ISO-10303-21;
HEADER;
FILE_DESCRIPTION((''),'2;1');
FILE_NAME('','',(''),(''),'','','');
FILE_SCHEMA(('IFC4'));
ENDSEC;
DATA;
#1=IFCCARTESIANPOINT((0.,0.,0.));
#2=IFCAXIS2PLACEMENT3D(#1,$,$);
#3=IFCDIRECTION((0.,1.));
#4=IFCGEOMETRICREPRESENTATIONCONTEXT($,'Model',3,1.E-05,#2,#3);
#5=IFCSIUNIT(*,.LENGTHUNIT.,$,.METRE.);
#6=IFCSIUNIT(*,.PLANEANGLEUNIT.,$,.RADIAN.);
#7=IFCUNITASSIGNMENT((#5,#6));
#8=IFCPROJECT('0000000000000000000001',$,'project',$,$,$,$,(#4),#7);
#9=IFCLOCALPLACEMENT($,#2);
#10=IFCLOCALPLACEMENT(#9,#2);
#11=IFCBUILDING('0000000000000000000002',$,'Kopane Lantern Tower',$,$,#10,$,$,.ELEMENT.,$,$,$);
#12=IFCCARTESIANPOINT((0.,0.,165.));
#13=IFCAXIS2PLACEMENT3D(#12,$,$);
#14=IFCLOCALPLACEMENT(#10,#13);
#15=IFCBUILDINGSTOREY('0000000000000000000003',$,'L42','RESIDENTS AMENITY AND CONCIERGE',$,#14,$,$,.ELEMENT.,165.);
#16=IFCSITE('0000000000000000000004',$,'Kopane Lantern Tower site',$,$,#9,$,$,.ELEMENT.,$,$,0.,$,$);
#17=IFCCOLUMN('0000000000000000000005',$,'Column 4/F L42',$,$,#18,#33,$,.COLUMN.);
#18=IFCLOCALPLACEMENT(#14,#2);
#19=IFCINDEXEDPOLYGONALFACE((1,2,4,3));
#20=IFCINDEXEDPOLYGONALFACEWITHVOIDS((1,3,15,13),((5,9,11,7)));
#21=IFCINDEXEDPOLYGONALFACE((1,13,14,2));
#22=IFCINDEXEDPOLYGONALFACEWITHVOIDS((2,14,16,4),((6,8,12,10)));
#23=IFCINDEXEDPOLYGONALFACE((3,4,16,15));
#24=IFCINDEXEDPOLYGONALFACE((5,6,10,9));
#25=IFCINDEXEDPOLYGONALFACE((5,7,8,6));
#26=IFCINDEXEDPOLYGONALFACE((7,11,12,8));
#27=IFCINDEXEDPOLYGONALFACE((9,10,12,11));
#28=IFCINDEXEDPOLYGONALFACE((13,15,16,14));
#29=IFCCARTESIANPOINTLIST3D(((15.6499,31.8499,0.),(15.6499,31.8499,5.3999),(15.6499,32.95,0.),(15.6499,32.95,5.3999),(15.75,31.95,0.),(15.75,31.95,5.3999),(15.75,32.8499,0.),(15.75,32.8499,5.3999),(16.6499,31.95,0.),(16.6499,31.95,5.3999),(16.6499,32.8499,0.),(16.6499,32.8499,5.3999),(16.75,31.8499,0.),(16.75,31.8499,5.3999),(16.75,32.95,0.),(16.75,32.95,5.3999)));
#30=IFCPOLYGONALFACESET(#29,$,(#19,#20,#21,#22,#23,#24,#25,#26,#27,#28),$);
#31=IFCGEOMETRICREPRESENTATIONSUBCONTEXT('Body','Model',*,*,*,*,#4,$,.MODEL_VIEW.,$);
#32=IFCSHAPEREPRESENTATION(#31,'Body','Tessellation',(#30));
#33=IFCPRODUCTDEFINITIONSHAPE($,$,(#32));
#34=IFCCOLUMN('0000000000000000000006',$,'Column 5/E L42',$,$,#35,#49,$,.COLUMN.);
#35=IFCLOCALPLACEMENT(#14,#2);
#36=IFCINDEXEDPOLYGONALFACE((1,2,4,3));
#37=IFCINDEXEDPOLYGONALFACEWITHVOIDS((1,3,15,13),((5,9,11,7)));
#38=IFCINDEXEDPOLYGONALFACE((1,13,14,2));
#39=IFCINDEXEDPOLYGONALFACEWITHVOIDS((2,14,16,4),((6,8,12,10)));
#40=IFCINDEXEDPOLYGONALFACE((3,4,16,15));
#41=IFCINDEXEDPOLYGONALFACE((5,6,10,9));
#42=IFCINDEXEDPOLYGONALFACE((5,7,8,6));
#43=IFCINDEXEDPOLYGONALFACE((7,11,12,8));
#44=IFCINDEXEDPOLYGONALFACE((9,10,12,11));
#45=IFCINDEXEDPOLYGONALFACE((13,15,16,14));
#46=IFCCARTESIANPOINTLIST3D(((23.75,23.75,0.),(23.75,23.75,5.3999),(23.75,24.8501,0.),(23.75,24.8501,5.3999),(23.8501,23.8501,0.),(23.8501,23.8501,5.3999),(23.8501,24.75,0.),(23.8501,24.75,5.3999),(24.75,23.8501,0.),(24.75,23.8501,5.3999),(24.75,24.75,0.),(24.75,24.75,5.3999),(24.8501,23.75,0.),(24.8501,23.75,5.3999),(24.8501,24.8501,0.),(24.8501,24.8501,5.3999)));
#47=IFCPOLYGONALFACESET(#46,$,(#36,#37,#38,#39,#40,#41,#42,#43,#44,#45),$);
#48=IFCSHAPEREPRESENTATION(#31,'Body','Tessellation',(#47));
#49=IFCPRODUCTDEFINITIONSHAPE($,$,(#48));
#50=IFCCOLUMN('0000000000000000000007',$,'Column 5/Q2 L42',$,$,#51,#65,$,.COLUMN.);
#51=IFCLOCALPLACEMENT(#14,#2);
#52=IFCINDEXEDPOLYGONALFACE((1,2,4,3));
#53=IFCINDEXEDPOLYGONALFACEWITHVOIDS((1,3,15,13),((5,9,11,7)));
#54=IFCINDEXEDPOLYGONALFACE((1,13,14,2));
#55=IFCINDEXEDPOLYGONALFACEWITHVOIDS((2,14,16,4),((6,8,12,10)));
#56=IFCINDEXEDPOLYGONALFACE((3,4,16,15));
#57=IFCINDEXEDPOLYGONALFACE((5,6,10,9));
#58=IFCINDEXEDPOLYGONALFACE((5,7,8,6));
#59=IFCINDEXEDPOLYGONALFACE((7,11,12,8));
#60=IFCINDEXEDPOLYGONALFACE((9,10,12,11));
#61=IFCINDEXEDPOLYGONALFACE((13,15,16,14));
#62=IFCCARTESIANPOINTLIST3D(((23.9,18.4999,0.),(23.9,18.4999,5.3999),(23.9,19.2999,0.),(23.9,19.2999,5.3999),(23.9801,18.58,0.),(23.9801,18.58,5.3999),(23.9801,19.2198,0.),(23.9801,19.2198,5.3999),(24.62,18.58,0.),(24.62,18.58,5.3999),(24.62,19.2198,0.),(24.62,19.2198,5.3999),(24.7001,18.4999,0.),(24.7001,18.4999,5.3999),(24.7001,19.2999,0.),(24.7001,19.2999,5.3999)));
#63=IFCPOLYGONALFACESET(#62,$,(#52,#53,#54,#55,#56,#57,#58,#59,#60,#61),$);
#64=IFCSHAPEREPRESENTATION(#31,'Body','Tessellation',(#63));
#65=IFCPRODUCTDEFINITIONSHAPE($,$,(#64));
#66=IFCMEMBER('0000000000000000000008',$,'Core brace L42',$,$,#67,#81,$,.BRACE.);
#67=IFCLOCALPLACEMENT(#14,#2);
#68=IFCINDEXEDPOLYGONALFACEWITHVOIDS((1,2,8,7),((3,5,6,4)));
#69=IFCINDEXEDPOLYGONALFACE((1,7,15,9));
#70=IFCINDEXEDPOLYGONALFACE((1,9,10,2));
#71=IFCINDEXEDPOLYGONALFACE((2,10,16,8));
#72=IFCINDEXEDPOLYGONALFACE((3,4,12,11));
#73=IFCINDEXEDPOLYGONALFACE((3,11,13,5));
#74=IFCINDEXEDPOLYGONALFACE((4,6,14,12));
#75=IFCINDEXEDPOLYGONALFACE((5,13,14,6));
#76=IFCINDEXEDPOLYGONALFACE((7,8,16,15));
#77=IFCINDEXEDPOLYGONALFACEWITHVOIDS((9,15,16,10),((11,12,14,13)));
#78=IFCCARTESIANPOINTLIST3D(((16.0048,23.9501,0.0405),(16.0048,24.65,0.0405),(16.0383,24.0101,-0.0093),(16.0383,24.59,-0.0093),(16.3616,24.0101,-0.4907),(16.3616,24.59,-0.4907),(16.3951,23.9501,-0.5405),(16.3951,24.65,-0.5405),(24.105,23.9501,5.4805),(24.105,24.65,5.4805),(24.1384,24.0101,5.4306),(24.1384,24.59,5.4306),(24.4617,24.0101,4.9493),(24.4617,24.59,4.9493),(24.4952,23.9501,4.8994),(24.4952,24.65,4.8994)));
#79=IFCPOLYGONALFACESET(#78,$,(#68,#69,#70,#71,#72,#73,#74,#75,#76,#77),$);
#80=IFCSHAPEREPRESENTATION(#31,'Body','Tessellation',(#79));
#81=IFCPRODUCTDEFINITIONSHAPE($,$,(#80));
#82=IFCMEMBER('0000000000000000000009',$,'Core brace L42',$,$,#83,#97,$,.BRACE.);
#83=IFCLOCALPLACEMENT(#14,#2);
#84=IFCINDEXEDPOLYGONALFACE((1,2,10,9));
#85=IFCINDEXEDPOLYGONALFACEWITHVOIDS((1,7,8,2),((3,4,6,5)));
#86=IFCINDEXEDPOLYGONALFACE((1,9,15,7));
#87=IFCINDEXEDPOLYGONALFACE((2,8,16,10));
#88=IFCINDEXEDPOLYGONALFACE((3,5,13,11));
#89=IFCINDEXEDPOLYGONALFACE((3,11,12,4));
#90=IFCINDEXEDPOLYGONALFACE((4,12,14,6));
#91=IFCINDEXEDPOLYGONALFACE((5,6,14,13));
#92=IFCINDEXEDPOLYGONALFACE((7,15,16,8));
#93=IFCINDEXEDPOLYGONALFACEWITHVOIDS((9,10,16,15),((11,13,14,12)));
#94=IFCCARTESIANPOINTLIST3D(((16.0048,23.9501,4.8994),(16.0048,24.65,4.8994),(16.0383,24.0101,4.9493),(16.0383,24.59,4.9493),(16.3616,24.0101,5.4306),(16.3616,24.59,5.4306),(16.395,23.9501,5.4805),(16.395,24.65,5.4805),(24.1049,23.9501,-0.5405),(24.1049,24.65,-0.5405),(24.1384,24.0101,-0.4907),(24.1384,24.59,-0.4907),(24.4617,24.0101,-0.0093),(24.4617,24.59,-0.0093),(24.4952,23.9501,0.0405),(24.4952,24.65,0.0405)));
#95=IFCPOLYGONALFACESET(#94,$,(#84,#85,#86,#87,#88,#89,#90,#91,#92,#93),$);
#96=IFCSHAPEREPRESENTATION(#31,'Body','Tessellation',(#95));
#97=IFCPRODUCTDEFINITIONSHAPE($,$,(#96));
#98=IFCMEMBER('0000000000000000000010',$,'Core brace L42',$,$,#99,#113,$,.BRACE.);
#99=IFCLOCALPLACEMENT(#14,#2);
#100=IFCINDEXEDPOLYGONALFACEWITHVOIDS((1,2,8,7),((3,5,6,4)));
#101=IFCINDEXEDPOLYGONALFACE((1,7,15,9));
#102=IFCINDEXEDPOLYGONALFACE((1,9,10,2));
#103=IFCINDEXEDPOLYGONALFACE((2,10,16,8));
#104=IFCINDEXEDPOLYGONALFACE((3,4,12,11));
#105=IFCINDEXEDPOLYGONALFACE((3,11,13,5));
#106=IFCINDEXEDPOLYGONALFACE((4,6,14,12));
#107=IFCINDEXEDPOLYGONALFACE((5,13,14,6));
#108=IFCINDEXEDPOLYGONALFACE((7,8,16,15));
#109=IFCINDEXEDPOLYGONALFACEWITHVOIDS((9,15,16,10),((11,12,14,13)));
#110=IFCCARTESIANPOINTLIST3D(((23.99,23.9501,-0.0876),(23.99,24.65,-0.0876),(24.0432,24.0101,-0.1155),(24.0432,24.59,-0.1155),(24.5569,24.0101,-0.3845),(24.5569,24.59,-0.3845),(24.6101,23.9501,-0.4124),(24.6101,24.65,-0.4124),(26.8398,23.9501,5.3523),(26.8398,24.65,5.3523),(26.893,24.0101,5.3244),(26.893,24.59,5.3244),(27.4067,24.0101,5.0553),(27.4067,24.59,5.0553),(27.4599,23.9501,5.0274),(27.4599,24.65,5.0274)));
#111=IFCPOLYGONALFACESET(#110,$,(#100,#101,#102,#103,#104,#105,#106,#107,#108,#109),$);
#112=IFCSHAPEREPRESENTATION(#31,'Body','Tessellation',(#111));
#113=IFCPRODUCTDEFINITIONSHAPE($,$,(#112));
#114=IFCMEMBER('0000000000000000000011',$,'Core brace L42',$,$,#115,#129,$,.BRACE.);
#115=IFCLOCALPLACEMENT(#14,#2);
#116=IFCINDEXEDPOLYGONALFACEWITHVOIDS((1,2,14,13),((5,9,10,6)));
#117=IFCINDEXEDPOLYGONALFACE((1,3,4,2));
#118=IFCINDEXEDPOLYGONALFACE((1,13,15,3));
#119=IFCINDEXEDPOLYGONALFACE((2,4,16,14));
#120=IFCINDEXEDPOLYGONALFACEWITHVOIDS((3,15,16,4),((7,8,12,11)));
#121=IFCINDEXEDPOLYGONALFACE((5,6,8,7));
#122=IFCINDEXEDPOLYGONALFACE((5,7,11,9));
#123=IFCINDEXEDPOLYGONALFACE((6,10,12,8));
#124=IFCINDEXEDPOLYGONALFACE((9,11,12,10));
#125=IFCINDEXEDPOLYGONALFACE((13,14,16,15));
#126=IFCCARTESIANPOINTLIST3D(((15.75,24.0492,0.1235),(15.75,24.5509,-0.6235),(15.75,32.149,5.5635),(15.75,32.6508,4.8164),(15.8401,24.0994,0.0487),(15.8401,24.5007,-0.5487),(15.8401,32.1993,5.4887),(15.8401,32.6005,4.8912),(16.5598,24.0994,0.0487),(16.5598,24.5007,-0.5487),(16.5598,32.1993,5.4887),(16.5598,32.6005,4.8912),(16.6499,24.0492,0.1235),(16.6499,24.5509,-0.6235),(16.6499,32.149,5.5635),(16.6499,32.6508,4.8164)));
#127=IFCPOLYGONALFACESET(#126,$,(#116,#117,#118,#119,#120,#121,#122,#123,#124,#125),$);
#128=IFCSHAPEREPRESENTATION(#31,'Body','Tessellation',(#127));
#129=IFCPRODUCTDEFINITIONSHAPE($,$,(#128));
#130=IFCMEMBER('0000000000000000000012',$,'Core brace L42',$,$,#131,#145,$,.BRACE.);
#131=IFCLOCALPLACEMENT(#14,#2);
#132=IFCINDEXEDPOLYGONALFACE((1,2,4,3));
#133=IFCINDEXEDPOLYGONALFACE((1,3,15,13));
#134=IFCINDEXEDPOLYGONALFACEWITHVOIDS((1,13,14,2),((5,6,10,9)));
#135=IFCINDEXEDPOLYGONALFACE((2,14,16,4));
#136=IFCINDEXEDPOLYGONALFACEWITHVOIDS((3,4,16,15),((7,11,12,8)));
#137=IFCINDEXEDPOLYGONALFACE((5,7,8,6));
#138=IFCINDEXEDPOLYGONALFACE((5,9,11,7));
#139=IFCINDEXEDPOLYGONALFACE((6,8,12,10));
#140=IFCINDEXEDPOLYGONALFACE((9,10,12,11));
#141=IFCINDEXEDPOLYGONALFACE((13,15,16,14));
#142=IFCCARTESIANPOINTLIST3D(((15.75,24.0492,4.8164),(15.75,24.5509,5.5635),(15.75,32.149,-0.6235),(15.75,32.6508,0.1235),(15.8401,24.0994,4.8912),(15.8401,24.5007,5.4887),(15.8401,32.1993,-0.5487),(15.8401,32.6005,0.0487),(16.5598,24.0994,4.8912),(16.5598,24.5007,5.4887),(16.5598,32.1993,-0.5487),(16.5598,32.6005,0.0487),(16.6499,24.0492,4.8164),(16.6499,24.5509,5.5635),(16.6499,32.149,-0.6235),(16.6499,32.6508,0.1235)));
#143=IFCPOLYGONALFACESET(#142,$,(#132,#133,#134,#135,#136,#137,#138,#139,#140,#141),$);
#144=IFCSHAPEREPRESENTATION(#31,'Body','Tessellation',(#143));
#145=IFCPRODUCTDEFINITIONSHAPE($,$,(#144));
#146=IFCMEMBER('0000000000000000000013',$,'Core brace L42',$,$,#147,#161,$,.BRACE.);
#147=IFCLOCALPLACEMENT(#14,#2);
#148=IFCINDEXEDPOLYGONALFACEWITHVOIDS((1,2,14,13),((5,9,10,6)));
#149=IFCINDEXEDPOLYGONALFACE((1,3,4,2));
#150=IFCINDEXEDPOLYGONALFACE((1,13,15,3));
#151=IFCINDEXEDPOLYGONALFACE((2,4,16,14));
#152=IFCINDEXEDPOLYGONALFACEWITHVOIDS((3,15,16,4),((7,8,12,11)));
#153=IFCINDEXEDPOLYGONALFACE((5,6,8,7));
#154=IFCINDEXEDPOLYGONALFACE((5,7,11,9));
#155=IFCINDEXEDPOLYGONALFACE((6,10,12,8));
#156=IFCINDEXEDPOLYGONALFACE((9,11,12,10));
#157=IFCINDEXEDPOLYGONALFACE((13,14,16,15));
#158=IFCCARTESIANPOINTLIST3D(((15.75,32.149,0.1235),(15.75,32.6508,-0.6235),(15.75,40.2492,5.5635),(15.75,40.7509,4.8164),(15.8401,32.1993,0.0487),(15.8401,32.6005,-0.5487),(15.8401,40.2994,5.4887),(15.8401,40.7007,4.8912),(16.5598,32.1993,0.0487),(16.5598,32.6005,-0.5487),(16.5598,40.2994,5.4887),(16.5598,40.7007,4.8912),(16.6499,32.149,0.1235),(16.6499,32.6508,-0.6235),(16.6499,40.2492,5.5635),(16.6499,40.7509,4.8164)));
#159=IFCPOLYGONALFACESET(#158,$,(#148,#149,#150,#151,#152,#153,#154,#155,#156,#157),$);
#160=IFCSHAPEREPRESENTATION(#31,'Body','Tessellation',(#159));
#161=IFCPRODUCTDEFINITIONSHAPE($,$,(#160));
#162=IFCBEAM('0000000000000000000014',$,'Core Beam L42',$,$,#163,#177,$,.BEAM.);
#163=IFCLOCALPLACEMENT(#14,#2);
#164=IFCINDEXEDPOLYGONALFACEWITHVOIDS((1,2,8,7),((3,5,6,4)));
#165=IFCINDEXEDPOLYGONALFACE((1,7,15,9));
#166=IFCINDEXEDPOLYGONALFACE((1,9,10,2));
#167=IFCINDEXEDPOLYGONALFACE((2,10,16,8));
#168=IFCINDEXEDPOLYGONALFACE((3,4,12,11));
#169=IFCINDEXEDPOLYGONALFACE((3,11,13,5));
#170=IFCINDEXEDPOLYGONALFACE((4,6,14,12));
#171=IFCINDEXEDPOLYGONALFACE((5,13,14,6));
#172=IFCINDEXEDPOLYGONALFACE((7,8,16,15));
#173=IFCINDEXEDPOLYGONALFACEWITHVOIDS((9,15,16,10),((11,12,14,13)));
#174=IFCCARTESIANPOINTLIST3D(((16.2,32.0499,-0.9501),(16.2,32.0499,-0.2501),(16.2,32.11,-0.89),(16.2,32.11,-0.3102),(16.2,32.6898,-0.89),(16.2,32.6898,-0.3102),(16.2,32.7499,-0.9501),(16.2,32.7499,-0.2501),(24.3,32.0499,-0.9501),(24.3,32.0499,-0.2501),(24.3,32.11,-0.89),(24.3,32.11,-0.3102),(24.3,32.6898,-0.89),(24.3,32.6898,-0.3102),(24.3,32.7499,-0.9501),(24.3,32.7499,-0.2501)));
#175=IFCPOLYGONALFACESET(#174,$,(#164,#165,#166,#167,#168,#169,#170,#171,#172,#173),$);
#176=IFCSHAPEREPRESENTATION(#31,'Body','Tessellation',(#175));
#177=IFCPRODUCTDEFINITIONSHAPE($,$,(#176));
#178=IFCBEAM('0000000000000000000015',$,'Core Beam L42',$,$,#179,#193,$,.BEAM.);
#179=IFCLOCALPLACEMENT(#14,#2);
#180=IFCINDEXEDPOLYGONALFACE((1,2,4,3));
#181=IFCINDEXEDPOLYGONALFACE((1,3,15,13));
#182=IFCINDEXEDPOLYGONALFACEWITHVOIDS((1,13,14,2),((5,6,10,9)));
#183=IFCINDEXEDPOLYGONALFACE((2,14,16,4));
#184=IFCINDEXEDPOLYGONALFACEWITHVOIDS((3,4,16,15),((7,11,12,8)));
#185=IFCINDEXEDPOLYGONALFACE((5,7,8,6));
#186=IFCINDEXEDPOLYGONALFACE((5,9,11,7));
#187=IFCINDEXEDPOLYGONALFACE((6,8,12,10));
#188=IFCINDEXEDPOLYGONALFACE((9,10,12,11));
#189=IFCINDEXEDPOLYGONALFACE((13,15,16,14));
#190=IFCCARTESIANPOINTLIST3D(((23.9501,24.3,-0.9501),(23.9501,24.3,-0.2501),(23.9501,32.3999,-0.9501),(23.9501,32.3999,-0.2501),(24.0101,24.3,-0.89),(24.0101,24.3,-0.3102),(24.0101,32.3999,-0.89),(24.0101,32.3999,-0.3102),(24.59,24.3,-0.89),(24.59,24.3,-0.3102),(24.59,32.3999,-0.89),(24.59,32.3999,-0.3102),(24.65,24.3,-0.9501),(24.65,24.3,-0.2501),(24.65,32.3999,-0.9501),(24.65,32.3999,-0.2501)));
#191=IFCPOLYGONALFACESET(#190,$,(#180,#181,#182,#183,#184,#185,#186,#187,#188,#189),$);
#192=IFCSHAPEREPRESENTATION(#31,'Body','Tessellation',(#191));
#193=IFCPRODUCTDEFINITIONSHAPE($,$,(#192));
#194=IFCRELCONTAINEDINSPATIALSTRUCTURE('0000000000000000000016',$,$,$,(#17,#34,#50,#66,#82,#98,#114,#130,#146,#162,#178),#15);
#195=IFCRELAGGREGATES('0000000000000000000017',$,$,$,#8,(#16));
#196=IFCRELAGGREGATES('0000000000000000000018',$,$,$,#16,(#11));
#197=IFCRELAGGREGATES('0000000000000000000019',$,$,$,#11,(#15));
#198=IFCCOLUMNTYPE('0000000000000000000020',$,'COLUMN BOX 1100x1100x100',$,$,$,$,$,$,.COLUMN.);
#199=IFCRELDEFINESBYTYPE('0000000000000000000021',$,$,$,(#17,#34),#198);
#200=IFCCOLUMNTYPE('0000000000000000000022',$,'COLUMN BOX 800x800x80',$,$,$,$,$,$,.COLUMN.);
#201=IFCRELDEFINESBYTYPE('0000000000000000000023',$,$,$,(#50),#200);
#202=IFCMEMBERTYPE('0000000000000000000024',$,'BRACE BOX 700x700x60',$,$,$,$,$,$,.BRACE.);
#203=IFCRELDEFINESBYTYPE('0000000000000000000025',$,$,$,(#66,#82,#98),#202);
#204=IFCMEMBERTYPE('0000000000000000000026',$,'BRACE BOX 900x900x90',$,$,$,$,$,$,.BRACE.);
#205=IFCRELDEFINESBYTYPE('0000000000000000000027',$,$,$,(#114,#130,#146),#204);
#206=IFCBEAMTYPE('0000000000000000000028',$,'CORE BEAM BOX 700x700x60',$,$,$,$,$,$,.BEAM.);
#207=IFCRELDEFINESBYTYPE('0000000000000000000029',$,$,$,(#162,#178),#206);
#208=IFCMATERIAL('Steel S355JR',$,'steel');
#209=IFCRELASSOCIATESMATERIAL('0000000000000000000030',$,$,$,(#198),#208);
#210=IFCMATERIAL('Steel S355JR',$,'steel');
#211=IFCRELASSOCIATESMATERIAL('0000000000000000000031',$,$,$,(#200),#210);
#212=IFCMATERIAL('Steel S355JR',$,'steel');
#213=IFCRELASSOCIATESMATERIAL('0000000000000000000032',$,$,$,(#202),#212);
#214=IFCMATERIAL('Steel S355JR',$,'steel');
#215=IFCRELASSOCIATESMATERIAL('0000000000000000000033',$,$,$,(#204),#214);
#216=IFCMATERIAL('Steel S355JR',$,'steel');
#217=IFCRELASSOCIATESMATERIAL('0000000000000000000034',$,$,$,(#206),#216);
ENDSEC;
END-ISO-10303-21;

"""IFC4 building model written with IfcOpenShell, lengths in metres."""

from ifc_helpers import new_model, si_unit, direction, frame, origin, origin_2d, place, context, subcontext, project, spatial, hollow_rectangle, extrude, material, material_profile, profile_set, type_object, element, save


model = new_model("IFC4")

# Units and contexts
model_context = context("Model", 3, precision=1e-05, world=origin(), true_north=direction((0.0, 1.0)))
body_context = subcontext(model_context, "Body", "Model", "MODEL_VIEW")
ifc_project = project(units=[si_unit("LENGTHUNIT", "METRE"), si_unit("PLANEANGLEUNIT", "RADIAN")], contexts=[model_context])

# Site, building, storey
site_placement = place(None, origin())
site = spatial("IfcSite", under=ifc_project, at=site_placement, Name="Kopane Lantern Tower site", CompositionType="ELEMENT", RefElevation=0.0)
building_placement = place(site_placement, origin())
building = spatial("IfcBuilding", under=site, at=building_placement, Name="Kopane Lantern Tower", CompositionType="ELEMENT")
storey_placement = place(building_placement, frame((0.0, 0.0, 165.0)))
storey = spatial("IfcBuildingStorey", under=building, at=storey_placement, Name="L42", Description="RESIDENTS AMENITY AND CONCIERGE", CompositionType="ELEMENT", Elevation=165.0)

# Columns
ifc_material_1 = material(Name="Steel S355JR", Category="steel")
ifc_material_profile_1 = material_profile(ifc_material_1, hollow_rectangle(XDim=1.1001, YDim=1.1001, WallThickness=0.1001, at=origin_2d()), Name="BOX 1100x1100x100")
ifc_profile_set_1 = profile_set([ifc_material_profile_1], Name="Steel S355JR")
column_type_1 = type_object("IfcColumnType", Name="COLUMN BOX 1100x1100x100", PredefinedType="COLUMN", material=ifc_profile_set_1)
for number, where, z_axis, x_axis, name in (
    (1, (16.2, 32.3999, 0.0), (0.0, 0.0, 1.0), (1.0, 0.0, 0.0), "Column 4/F L42"),
    (2, (24.3, 24.3, 0.0), (0.0, 0.0, 1.0), (1.0, 0.0, 0.0), "Column 5/E L42"),
):
    element("IfcColumn", number, at=place(storey_placement, frame(where, z_axis=z_axis, x_axis=x_axis)), inside=storey, type_object=column_type_1, Name=name, PredefinedType="COLUMN", context=body_context, shape_type="SweptSolid", body=[
        extrude(hollow_rectangle(XDim=1.1001, YDim=1.1001, WallThickness=0.1001, at=origin_2d()), origin(), (0.0, 0.0, 1.0), 5.3999),
    ])
ifc_material_2 = material(Name="Steel S355JR", Category="steel")
ifc_material_profile_2 = material_profile(ifc_material_2, hollow_rectangle(XDim=0.8, YDim=0.8, WallThickness=0.0801, at=origin_2d()), Name="BOX 800x800x80")
ifc_profile_set_2 = profile_set([ifc_material_profile_2], Name="Steel S355JR")
column_type_2 = type_object("IfcColumnType", Name="COLUMN BOX 800x800x80", PredefinedType="COLUMN", material=ifc_profile_set_2)
column_placement = place(storey_placement, frame((24.3, 18.8999, 0.0), z_axis=(0.0, 0.0, 1.0), x_axis=(1.0, 0.0, 0.0)))
element("IfcColumn", 3, at=column_placement, inside=storey, type_object=column_type_2, Name="Column 5/Q2 L42", PredefinedType="COLUMN", context=body_context, shape_type="SweptSolid", body=[
    extrude(hollow_rectangle(XDim=0.8, YDim=0.8, WallThickness=0.0801, at=origin_2d()), origin(), (0.0, 0.0, 1.0), 5.3999),
])

# Members
ifc_material_3 = material(Name="Steel S355JR", Category="steel")
ifc_material_profile_3 = material_profile(ifc_material_3, hollow_rectangle(XDim=0.7, YDim=0.7, WallThickness=0.0601, at=origin_2d()), Name="BOX 700x700x60")
ifc_profile_set_3 = profile_set([ifc_material_profile_3], Name="Steel S355JR")
member_type_1 = type_object("IfcMemberType", Name="BRACE BOX 700x700x60", PredefinedType="BRACE", material=ifc_profile_set_3)
for number, where, z_axis, x_axis, name in (
    (4, (16.2, 24.3, -0.25), (0.830159, 0.0, 0.557526), (0.0, 1.0, 0.0), "Core brace L42"),
    (5, (24.3, 24.3, -0.25), (-0.830159, 0.0, 0.557526), (0.0, -1.0, 0.0), "Core brace L42"),
):
    element("IfcMember", number, at=place(storey_placement, frame(where, z_axis=z_axis, x_axis=x_axis)), inside=storey, type_object=member_type_1, Name=name, PredefinedType="BRACE", context=body_context, shape_type="SweptSolid", body=[
        extrude(hollow_rectangle(XDim=0.7, YDim=0.7, WallThickness=0.0601, at=origin_2d()), origin(), (0.0, 0.0, 1.0), 9.7573),
    ])
member_1_placement = place(storey_placement, frame((24.3, 24.3, -0.25), z_axis=(0.464053, 0.0, 0.885807), x_axis=(0.0, 1.0, 0.0)))
element("IfcMember", 6, at=member_1_placement, inside=storey, type_object=member_type_1, Name="Core brace L42", PredefinedType="BRACE", context=body_context, shape_type="SweptSolid", body=[
    extrude(hollow_rectangle(XDim=0.7, YDim=0.7, WallThickness=0.0601, at=origin_2d()), origin(), (0.0, 0.0, 1.0), 6.1411),
])
ifc_material_4 = material(Name="Steel S355JR", Category="steel")
ifc_material_profile_4 = material_profile(ifc_material_4, hollow_rectangle(XDim=0.8999, YDim=0.8999, WallThickness=0.0901, at=origin_2d()), Name="BOX 900x900x90")
ifc_profile_set_4 = profile_set([ifc_material_profile_4], Name="Steel S355JR")
member_type_2 = type_object("IfcMemberType", Name="BRACE BOX 900x900x90", PredefinedType="BRACE", material=ifc_profile_set_4)
for number, where, z_axis, x_axis, name in (
    (7, (16.2, 24.3, -0.25), (0.0, 0.830151, 0.557538), (-1.0, 0.0, 0.0), "Core brace L42"),
    (8, (16.2, 32.3999, -0.25), (0.0, -0.830151, 0.557538), (1.0, 0.0, 0.0), "Core brace L42"),
):
    element("IfcMember", number, at=place(storey_placement, frame(where, z_axis=z_axis, x_axis=x_axis)), inside=storey, type_object=member_type_2, Name=name, PredefinedType="BRACE", context=body_context, shape_type="SweptSolid", body=[
        extrude(hollow_rectangle(XDim=0.8999, YDim=0.8999, WallThickness=0.0901, at=origin_2d()), origin(), (0.0, 0.0, 1.0), 9.7571),
    ])
member_2_placement = place(storey_placement, frame((16.2, 32.3999, -0.25), z_axis=(0.0, 0.830159, 0.557526), x_axis=(-1.0, 0.0, 0.0)))
element("IfcMember", 9, at=member_2_placement, inside=storey, type_object=member_type_2, Name="Core brace L42", PredefinedType="BRACE", context=body_context, shape_type="SweptSolid", body=[
    extrude(hollow_rectangle(XDim=0.8999, YDim=0.8999, WallThickness=0.0901, at=origin_2d()), origin(), (0.0, 0.0, 1.0), 9.7573),
])

# Beams
ifc_material_5 = material(Name="Steel S355JR", Category="steel")
ifc_material_profile_5 = material_profile(ifc_material_5, hollow_rectangle(XDim=0.7, YDim=0.7, WallThickness=0.0601, at=origin_2d()), Name="BOX 700x700x60")
ifc_profile_set_5 = profile_set([ifc_material_profile_5], Name="Steel S355JR")
beam_type_1 = type_object("IfcBeamType", Name="CORE BEAM BOX 700x700x60", PredefinedType="BEAM", material=ifc_profile_set_5)
beam_1_placement = place(storey_placement, frame((16.2, 32.3999, -0.6001), z_axis=(1.0, 0.0, 0.0), x_axis=(0.0, 1.0, 0.0)))
element("IfcBeam", 10, at=beam_1_placement, inside=storey, type_object=beam_type_1, Name="Core Beam L42", PredefinedType="BEAM", context=body_context, shape_type="SweptSolid", body=[
    extrude(hollow_rectangle(XDim=0.7, YDim=0.7, WallThickness=0.0601, at=origin_2d()), origin(), (0.0, 0.0, 1.0), 8.1001),
])
beam_2_placement = place(storey_placement, frame((24.3, 24.3, -0.6001), z_axis=(0.0, 1.0, 0.0), x_axis=(-1.0, 0.0, 0.0)))
element("IfcBeam", 11, at=beam_2_placement, inside=storey, type_object=beam_type_1, Name="Core Beam L42", PredefinedType="BEAM", context=body_context, shape_type="SweptSolid", body=[
    extrude(hollow_rectangle(XDim=0.7, YDim=0.7, WallThickness=0.0601, at=origin_2d()), origin(), (0.0, 0.0, 1.0), 8.0999),
])

save(model, "model.ifc")
